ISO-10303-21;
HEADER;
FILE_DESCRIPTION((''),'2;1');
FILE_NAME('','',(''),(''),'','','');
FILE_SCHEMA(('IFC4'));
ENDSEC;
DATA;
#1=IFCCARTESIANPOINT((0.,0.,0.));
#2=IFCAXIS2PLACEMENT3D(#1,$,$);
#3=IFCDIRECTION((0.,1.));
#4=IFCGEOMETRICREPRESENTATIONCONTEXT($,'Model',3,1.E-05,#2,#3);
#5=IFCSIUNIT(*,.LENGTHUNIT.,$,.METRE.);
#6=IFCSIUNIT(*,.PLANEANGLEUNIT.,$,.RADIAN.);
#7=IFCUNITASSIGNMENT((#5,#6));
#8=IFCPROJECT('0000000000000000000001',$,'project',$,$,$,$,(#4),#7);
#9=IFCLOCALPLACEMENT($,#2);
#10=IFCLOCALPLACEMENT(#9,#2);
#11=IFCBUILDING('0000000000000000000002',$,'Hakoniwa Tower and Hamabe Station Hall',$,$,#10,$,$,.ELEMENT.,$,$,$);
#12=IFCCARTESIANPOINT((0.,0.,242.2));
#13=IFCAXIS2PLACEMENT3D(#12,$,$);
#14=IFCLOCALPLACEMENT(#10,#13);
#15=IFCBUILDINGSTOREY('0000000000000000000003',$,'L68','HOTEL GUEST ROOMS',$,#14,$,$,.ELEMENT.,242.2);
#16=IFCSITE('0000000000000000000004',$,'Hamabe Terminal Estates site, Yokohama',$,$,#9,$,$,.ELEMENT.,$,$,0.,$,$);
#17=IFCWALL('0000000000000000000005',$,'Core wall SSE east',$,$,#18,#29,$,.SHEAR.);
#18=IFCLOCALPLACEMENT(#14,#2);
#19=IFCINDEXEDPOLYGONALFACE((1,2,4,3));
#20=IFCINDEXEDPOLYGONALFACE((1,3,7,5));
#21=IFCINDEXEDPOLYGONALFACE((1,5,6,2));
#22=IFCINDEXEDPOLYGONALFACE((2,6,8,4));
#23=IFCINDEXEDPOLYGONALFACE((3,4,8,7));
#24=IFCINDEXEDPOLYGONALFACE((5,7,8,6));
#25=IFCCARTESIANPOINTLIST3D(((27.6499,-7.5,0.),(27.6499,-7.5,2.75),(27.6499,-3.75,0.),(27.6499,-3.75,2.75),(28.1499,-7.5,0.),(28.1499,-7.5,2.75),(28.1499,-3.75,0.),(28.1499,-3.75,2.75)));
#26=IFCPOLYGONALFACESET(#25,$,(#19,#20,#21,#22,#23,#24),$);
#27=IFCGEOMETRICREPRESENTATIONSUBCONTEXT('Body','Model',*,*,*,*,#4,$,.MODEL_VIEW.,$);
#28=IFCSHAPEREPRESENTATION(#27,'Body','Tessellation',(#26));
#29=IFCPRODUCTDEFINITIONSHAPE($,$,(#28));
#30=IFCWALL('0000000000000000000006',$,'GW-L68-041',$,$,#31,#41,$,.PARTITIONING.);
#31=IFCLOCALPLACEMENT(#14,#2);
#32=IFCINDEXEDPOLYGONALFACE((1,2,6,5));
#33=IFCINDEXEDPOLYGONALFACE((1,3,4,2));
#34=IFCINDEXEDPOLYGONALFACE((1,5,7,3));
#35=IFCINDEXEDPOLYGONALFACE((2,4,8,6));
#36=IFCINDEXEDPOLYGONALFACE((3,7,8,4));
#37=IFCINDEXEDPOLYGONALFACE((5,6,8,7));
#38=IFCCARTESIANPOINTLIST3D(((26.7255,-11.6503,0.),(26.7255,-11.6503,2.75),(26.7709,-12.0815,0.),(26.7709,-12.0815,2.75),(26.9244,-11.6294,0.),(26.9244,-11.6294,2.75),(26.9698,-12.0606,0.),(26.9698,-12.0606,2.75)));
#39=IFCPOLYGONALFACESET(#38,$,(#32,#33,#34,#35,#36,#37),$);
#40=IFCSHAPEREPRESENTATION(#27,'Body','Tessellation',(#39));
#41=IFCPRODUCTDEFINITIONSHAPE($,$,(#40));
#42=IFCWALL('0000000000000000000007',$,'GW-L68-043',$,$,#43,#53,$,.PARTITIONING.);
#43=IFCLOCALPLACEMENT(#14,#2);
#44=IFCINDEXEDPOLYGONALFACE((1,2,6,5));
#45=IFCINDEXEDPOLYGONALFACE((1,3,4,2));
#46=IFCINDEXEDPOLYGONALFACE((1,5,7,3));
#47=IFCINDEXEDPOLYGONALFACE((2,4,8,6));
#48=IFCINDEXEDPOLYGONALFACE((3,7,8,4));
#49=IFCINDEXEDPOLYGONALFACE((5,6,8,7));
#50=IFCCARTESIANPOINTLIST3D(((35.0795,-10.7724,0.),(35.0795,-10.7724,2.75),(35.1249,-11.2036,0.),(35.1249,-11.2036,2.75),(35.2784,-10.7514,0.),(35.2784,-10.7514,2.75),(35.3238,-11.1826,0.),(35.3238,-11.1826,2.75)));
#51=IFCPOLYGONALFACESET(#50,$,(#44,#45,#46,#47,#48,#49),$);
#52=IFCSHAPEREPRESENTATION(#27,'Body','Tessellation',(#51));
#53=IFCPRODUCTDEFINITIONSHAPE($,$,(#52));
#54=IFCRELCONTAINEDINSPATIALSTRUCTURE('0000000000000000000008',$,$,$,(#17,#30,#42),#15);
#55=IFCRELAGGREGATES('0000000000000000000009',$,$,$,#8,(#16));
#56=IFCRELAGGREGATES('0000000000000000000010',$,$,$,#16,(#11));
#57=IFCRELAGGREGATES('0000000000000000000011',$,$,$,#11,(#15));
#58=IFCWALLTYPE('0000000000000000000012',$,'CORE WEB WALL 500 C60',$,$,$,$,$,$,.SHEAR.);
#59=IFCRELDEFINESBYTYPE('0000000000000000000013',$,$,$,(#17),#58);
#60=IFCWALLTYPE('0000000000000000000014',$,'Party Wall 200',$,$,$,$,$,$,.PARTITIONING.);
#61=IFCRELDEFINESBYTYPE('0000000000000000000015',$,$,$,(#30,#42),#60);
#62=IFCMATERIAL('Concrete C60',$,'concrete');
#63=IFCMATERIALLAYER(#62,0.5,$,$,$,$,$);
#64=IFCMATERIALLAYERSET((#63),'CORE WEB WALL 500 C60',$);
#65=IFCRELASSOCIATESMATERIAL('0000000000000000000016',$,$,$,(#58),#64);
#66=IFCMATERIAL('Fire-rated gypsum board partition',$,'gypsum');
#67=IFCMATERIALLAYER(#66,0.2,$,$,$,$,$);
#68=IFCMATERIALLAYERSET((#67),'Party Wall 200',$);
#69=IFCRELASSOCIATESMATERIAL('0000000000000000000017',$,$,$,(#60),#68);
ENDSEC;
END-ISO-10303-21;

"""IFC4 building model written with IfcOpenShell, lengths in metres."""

from ifc_helpers import new_model, si_unit, direction, frame, frame_2d, origin, place, context, subcontext, project, spatial, rectangle, extrude, material, layer, layer_set, type_object, element, save


model = new_model("IFC4")

# Units and contexts
model_context = context("Model", 3, precision=1e-05, world=origin(), true_north=direction((0.0, 1.0)))
body_context = subcontext(model_context, "Body", "Model", "MODEL_VIEW")
ifc_project = project(units=[si_unit("LENGTHUNIT", "METRE"), si_unit("PLANEANGLEUNIT", "RADIAN")], contexts=[model_context])

# Site, building, storey
site_placement = place(None, origin())
site = spatial("IfcSite", under=ifc_project, at=site_placement, Name="Hamabe Terminal Estates site, Yokohama", CompositionType="ELEMENT", RefElevation=0.0)
building_placement = place(site_placement, origin())
building = spatial("IfcBuilding", under=site, at=building_placement, Name="Hakoniwa Tower and Hamabe Station Hall", CompositionType="ELEMENT")
storey_placement = place(building_placement, frame((0.0, 0.0, 242.2)))
storey = spatial("IfcBuildingStorey", under=building, at=storey_placement, Name="L68", Description="HOTEL GUEST ROOMS", CompositionType="ELEMENT", Elevation=242.2)

# Walls
ifc_material_1 = material(Name="Concrete C60", Category="concrete")
ifc_layer_1 = layer(ifc_material_1, 0.5)
ifc_layer_set_1 = layer_set([ifc_layer_1], Name="CORE WEB WALL 500 C60")
wall_type_1 = type_object("IfcWallType", Name="CORE WEB WALL 500 C60", PredefinedType="SHEAR", material=ifc_layer_set_1)
wall_1_placement = place(storey_placement, frame((27.8999, -7.5, 0.0), z_axis=(0.0, 0.0, 1.0), x_axis=(0.0, 1.0, 0.0)))
element("IfcWall", 1, at=wall_1_placement, inside=storey, type_object=wall_type_1, Name="Core wall SSE east", PredefinedType="SHEAR", context=body_context, shape_type="SweptSolid", body=[
    extrude(rectangle(XDim=3.75, YDim=0.5, at=frame_2d((1.875, 0.0))), origin(), (0.0, 0.0, 1.0), 2.75),
])
ifc_material_2 = material(Name="Fire-rated gypsum board partition", Category="gypsum")
ifc_layer_2 = layer(ifc_material_2, 0.2)
ifc_layer_set_2 = layer_set([ifc_layer_2], Name="Party Wall 200")
wall_type_2 = type_object("IfcWallType", Name="Party Wall 200", PredefinedType="PARTITIONING", material=ifc_layer_set_2)
for number, where, z_axis, x_axis, name in (
    (2, (26.8704, -12.071, 0.0), (0.0, 0.0, 1.0), (-0.104743, 0.994499, 0.0), "GW-L68-041"),
    (3, (35.2244, -11.1931, 0.0), (0.0, 0.0, 1.0), (-0.104743, 0.994499, 0.0), "GW-L68-043"),
):
    element("IfcWall", number, at=place(storey_placement, frame(where, z_axis=z_axis, x_axis=x_axis)), inside=storey, type_object=wall_type_2, Name=name, PredefinedType="PARTITIONING", context=body_context, shape_type="SweptSolid", body=[
        extrude(rectangle(XDim=0.4336, YDim=0.2, at=frame_2d((0.2168, 0.0))), origin(), (0.0, 0.0, 1.0), 2.75),
    ])

save(model, "model.ifc")
